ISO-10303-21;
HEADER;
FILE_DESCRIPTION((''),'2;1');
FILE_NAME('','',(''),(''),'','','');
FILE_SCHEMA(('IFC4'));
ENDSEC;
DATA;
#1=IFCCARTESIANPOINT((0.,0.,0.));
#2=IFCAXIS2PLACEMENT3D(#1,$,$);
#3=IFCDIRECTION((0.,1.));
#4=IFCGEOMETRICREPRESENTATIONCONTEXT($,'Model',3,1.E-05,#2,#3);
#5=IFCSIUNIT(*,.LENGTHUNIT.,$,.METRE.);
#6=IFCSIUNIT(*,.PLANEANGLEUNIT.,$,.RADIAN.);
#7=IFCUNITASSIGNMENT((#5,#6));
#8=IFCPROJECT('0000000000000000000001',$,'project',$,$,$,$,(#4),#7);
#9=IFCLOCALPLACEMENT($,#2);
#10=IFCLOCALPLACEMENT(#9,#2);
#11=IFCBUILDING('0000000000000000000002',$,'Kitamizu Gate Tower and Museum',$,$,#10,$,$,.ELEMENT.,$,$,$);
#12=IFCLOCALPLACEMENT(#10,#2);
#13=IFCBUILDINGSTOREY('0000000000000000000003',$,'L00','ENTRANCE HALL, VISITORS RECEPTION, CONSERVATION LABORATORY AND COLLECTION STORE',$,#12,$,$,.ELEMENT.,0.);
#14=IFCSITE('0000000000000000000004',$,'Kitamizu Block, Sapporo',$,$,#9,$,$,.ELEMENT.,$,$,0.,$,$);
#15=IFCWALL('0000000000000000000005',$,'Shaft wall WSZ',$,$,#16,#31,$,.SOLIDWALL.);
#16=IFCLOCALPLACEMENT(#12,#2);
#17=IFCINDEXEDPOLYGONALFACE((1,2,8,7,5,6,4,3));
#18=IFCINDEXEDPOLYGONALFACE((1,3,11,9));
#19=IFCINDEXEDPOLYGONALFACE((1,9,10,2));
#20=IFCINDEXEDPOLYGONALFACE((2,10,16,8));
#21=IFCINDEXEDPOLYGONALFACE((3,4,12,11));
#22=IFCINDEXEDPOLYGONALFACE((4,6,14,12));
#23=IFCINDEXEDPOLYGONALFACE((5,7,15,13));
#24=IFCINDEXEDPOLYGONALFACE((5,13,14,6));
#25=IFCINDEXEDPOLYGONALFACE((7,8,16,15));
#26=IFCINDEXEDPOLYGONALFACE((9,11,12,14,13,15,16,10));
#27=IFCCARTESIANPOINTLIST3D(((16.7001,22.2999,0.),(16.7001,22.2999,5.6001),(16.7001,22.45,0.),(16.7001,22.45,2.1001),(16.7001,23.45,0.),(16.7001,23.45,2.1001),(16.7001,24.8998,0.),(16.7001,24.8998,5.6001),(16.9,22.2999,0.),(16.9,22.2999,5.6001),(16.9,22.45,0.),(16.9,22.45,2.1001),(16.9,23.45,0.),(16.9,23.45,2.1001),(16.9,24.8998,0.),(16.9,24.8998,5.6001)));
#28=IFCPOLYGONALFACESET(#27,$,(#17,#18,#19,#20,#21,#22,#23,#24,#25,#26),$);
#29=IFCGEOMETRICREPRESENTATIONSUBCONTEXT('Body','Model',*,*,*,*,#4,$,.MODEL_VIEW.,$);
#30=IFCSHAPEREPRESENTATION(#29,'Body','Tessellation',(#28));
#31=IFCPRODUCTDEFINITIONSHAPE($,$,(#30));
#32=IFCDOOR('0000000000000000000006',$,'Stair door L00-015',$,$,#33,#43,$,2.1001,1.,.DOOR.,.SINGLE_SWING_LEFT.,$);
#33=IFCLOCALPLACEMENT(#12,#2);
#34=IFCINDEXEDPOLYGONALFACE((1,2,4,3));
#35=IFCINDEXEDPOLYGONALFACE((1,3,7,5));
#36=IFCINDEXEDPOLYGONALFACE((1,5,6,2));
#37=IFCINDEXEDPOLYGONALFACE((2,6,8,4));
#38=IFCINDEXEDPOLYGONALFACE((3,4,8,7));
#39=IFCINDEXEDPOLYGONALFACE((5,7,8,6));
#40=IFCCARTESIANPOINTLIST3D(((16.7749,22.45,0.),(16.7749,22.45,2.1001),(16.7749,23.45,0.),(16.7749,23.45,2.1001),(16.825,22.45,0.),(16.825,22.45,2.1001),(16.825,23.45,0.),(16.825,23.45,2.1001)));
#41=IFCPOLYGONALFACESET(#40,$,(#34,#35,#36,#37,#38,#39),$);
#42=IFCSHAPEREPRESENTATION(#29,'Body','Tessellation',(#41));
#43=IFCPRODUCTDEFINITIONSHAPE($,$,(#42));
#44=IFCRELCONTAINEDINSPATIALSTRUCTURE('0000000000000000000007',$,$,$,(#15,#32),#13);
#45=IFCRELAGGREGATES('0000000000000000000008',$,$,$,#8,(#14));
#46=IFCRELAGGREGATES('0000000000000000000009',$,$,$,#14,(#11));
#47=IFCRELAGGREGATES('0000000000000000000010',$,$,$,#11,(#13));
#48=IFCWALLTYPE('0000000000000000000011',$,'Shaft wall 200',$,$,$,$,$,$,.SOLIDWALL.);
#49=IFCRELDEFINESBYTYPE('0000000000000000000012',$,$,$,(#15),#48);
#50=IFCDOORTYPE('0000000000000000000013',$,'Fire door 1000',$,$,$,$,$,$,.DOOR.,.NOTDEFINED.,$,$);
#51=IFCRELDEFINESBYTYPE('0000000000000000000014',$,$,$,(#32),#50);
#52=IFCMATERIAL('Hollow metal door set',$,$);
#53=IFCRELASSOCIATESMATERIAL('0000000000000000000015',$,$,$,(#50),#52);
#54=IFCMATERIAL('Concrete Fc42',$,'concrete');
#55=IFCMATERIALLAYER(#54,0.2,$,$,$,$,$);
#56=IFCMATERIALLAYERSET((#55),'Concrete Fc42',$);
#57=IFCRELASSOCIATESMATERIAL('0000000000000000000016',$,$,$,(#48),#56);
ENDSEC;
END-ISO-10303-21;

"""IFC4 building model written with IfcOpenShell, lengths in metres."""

from ifc_helpers import new_model, si_unit, direction, frame, frame_2d, origin, place, context, subcontext, project, spatial, rectangle, extrude, material, layer, layer_set, type_object, element, fill, save


model = new_model("IFC4")

# Units and contexts
model_context = context("Model", 3, precision=1e-05, world=origin(), true_north=direction((0.0, 1.0)))
body_context = subcontext(model_context, "Body", "Model", "MODEL_VIEW")
ifc_project = project(units=[si_unit("LENGTHUNIT", "METRE"), si_unit("PLANEANGLEUNIT", "RADIAN")], contexts=[model_context])

# Site, building, storey
site_placement = place(None, origin())
site = spatial("IfcSite", under=ifc_project, at=site_placement, Name="Kitamizu Block, Sapporo", CompositionType="ELEMENT", RefElevation=0.0)
building_placement = place(site_placement, origin())
building = spatial("IfcBuilding", under=site, at=building_placement, Name="Kitamizu Gate Tower and Museum", CompositionType="ELEMENT")
storey_placement = place(building_placement, origin())
storey = spatial("IfcBuildingStorey", under=building, at=storey_placement, Name="L00", Description="ENTRANCE HALL, VISITORS RECEPTION, CONSERVATION LABORATORY AND COLLECTION STORE", CompositionType="ELEMENT", Elevation=0.0)

# Shared definitions
ifc_material_1 = material(Name="Hollow metal door set")
door_type_1 = type_object("IfcDoorType", Name="Fire door 1000", OperationType="NOTDEFINED", PredefinedType="DOOR", material=ifc_material_1)
ifc_material_2 = material(Name="Concrete Fc42", Category="concrete")
ifc_layer_1 = layer(ifc_material_2, 0.2)
ifc_layer_set_1 = layer_set([ifc_layer_1], Name="Concrete Fc42")
wall_type_1 = type_object("IfcWallType", Name="Shaft wall 200", PredefinedType="SOLIDWALL", material=ifc_layer_set_1)

# Wall, opening, door
wall_1_placement = place(storey_placement, frame((16.8, 22.3, 0.0), z_axis=(0.0, 0.0, 1.0), x_axis=(0.0, 1.0, 0.0)))
wall_1 = element("IfcWall", 1, at=wall_1_placement, inside=storey, type_object=wall_type_1, Name="Shaft wall WSZ", PredefinedType="SOLIDWALL", context=body_context, shape_type="SweptSolid", body=[
    extrude(rectangle(XDim=2.5999, YDim=0.2, at=frame_2d((1.2998, 0.0))), origin(), (0.0, 0.0, 1.0), 5.6001),
])
opening_1_placement = place(wall_1_placement, frame((0.1499, 0.0, 0.0)))
opening_1 = element("IfcOpeningElement", 2, at=opening_1_placement, cuts=wall_1, PredefinedType="OPENING", context=body_context, shape_type="SweptSolid", body=[
    extrude(rectangle(XDim=1.0, YDim=2.1001, at=frame_2d((0.5, 1.05))), frame((0.0, 0.1099, 0.0), z_axis=(0.0, -1.0, 0.0), x_axis=(1.0, 0.0, 0.0)), (0.0, 0.0, 1.0), 0.22),
])
door_1_placement = place(opening_1_placement, frame((1.0, 0.0, 0.0), x_axis=(-1.0, 0.0, 0.0)))
door_1 = element("IfcDoor", 3, at=door_1_placement, inside=storey, type_object=door_type_1, Name="Stair door L00-015", OperationType="SINGLE_SWING_LEFT", OverallHeight=2.1001, OverallWidth=1.0, PredefinedType="DOOR", context=body_context, shape_type="SweptSolid", body=[
    extrude(rectangle(XDim=1.0, YDim=2.1001, at=frame_2d((0.5, 1.05))), frame((0.0, 0.0249, 0.0), z_axis=(0.0, -1.0, 0.0), x_axis=(1.0, 0.0, 0.0)), (0.0, 0.0, 1.0), 0.05),
])
fill(opening_1, door_1)

save(model, "model.ifc")
